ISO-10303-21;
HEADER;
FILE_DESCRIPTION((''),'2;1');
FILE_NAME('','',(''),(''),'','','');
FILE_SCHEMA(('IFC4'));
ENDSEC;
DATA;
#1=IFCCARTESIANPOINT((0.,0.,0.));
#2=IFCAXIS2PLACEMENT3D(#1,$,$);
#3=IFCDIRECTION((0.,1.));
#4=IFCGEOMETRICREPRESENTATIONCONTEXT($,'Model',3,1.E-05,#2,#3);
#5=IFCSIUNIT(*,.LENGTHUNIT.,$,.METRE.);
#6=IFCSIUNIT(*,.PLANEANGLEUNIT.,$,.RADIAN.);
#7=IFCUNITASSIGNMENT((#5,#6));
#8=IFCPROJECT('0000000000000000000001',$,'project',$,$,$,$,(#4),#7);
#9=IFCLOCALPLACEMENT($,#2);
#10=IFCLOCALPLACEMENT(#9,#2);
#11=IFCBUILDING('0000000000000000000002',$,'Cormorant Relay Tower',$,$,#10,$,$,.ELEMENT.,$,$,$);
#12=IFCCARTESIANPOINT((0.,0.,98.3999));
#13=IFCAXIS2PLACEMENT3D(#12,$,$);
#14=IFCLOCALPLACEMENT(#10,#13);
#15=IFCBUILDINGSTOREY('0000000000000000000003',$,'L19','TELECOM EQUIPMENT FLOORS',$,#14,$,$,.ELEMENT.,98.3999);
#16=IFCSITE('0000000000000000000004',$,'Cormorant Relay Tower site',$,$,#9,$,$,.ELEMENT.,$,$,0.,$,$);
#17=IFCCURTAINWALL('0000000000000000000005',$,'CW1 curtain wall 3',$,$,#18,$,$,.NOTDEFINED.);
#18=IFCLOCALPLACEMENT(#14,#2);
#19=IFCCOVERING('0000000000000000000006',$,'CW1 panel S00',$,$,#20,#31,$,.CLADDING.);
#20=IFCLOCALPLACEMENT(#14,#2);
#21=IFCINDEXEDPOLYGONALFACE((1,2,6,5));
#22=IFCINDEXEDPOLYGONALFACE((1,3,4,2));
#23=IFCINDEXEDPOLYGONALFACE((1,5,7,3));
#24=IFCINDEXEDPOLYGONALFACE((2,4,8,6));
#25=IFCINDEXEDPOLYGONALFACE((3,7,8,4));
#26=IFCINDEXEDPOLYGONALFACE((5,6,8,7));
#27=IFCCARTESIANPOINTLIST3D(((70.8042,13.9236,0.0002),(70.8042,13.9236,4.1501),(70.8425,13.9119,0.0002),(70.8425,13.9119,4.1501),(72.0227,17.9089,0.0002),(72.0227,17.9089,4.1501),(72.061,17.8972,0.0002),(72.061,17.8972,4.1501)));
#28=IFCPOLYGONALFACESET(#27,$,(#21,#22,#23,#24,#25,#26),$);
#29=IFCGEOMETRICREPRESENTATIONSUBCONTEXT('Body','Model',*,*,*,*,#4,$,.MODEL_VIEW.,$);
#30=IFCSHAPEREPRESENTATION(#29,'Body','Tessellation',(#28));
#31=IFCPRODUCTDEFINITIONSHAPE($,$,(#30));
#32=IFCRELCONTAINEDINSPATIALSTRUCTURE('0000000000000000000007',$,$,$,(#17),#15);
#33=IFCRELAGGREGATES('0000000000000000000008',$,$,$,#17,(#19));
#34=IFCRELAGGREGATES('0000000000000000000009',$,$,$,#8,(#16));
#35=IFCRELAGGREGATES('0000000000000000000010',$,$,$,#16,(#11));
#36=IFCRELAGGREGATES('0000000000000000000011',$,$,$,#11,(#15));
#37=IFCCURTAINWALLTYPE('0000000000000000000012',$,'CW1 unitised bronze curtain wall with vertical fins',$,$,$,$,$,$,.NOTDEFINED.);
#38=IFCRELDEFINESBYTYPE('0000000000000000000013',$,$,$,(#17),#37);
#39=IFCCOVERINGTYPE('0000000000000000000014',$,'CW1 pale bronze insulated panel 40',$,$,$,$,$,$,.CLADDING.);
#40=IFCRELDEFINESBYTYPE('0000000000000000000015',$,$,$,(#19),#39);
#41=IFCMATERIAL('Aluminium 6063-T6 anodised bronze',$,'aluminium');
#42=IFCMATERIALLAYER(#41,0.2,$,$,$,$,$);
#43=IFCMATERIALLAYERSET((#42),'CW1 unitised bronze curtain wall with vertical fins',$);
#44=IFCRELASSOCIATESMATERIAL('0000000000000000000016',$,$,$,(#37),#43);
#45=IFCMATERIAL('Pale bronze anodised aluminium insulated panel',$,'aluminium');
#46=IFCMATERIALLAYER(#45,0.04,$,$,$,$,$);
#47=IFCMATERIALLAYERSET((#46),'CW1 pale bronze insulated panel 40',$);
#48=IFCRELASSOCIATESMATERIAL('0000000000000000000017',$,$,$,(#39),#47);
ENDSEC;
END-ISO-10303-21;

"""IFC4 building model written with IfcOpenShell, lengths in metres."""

from ifc_helpers import new_model, si_unit, direction, frame, origin, origin_2d, place, context, subcontext, project, spatial, rectangle, extrude, material, layer, layer_set, type_object, element, aggregate, save


model = new_model("IFC4")

# Units and contexts
model_context = context("Model", 3, precision=1e-05, world=origin(), true_north=direction((0.0, 1.0)))
body_context = subcontext(model_context, "Body", "Model", "MODEL_VIEW")
ifc_project = project(units=[si_unit("LENGTHUNIT", "METRE"), si_unit("PLANEANGLEUNIT", "RADIAN")], contexts=[model_context])

# Site, building, storey
site_placement = place(None, origin())
site = spatial("IfcSite", under=ifc_project, at=site_placement, Name="Cormorant Relay Tower site", CompositionType="ELEMENT", RefElevation=0.0)
building_placement = place(site_placement, origin())
building = spatial("IfcBuilding", under=site, at=building_placement, Name="Cormorant Relay Tower", CompositionType="ELEMENT")
storey_placement = place(building_placement, frame((0.0, 0.0, 98.3999)))
storey = spatial("IfcBuildingStorey", under=building, at=storey_placement, Name="L19", Description="TELECOM EQUIPMENT FLOORS", CompositionType="ELEMENT", Elevation=98.3999)

# Curtain wall
ifc_material_1 = material(Name="Aluminium 6063-T6 anodised bronze", Category="aluminium")
ifc_layer_1 = layer(ifc_material_1, 0.2)
ifc_layer_set_1 = layer_set([ifc_layer_1], Name="CW1 unitised bronze curtain wall with vertical fins")
curtain_wall_type = type_object("IfcCurtainWallType", Name="CW1 unitised bronze curtain wall with vertical fins", PredefinedType="NOTDEFINED", material=ifc_layer_set_1)
curtain_wall_1_placement = place(storey_placement, origin())
curtain_wall_1 = element("IfcCurtainWall", 1, at=curtain_wall_1_placement, inside=storey, type_object=curtain_wall_type, Name="CW1 curtain wall 3", PredefinedType="NOTDEFINED")

# Covering
ifc_material_2 = material(Name="Pale bronze anodised aluminium insulated panel", Category="aluminium")
ifc_layer_2 = layer(ifc_material_2, 0.04)
ifc_layer_set_2 = layer_set([ifc_layer_2], Name="CW1 pale bronze insulated panel 40")
covering_type = type_object("IfcCoveringType", Name="CW1 pale bronze insulated panel 40", PredefinedType="CLADDING", material=ifc_layer_set_2)
covering_1_placement = place(storey_placement, frame((71.4326, 15.9104, 0.0002), z_axis=(0.0, 0.0, 1.0), x_axis=(0.292372, 0.956305, 0.0)))
covering_1 = element("IfcCovering", 2, at=covering_1_placement, type_object=covering_type, Name="CW1 panel S00", PredefinedType="CLADDING", context=body_context, shape_type="SweptSolid", body=[
    extrude(rectangle(XDim=4.1675, YDim=0.04, at=origin_2d()), origin(), (0.0, 0.0, 1.0), 4.1499),
])
aggregate(curtain_wall_1, [covering_1])

save(model, "model.ifc")
